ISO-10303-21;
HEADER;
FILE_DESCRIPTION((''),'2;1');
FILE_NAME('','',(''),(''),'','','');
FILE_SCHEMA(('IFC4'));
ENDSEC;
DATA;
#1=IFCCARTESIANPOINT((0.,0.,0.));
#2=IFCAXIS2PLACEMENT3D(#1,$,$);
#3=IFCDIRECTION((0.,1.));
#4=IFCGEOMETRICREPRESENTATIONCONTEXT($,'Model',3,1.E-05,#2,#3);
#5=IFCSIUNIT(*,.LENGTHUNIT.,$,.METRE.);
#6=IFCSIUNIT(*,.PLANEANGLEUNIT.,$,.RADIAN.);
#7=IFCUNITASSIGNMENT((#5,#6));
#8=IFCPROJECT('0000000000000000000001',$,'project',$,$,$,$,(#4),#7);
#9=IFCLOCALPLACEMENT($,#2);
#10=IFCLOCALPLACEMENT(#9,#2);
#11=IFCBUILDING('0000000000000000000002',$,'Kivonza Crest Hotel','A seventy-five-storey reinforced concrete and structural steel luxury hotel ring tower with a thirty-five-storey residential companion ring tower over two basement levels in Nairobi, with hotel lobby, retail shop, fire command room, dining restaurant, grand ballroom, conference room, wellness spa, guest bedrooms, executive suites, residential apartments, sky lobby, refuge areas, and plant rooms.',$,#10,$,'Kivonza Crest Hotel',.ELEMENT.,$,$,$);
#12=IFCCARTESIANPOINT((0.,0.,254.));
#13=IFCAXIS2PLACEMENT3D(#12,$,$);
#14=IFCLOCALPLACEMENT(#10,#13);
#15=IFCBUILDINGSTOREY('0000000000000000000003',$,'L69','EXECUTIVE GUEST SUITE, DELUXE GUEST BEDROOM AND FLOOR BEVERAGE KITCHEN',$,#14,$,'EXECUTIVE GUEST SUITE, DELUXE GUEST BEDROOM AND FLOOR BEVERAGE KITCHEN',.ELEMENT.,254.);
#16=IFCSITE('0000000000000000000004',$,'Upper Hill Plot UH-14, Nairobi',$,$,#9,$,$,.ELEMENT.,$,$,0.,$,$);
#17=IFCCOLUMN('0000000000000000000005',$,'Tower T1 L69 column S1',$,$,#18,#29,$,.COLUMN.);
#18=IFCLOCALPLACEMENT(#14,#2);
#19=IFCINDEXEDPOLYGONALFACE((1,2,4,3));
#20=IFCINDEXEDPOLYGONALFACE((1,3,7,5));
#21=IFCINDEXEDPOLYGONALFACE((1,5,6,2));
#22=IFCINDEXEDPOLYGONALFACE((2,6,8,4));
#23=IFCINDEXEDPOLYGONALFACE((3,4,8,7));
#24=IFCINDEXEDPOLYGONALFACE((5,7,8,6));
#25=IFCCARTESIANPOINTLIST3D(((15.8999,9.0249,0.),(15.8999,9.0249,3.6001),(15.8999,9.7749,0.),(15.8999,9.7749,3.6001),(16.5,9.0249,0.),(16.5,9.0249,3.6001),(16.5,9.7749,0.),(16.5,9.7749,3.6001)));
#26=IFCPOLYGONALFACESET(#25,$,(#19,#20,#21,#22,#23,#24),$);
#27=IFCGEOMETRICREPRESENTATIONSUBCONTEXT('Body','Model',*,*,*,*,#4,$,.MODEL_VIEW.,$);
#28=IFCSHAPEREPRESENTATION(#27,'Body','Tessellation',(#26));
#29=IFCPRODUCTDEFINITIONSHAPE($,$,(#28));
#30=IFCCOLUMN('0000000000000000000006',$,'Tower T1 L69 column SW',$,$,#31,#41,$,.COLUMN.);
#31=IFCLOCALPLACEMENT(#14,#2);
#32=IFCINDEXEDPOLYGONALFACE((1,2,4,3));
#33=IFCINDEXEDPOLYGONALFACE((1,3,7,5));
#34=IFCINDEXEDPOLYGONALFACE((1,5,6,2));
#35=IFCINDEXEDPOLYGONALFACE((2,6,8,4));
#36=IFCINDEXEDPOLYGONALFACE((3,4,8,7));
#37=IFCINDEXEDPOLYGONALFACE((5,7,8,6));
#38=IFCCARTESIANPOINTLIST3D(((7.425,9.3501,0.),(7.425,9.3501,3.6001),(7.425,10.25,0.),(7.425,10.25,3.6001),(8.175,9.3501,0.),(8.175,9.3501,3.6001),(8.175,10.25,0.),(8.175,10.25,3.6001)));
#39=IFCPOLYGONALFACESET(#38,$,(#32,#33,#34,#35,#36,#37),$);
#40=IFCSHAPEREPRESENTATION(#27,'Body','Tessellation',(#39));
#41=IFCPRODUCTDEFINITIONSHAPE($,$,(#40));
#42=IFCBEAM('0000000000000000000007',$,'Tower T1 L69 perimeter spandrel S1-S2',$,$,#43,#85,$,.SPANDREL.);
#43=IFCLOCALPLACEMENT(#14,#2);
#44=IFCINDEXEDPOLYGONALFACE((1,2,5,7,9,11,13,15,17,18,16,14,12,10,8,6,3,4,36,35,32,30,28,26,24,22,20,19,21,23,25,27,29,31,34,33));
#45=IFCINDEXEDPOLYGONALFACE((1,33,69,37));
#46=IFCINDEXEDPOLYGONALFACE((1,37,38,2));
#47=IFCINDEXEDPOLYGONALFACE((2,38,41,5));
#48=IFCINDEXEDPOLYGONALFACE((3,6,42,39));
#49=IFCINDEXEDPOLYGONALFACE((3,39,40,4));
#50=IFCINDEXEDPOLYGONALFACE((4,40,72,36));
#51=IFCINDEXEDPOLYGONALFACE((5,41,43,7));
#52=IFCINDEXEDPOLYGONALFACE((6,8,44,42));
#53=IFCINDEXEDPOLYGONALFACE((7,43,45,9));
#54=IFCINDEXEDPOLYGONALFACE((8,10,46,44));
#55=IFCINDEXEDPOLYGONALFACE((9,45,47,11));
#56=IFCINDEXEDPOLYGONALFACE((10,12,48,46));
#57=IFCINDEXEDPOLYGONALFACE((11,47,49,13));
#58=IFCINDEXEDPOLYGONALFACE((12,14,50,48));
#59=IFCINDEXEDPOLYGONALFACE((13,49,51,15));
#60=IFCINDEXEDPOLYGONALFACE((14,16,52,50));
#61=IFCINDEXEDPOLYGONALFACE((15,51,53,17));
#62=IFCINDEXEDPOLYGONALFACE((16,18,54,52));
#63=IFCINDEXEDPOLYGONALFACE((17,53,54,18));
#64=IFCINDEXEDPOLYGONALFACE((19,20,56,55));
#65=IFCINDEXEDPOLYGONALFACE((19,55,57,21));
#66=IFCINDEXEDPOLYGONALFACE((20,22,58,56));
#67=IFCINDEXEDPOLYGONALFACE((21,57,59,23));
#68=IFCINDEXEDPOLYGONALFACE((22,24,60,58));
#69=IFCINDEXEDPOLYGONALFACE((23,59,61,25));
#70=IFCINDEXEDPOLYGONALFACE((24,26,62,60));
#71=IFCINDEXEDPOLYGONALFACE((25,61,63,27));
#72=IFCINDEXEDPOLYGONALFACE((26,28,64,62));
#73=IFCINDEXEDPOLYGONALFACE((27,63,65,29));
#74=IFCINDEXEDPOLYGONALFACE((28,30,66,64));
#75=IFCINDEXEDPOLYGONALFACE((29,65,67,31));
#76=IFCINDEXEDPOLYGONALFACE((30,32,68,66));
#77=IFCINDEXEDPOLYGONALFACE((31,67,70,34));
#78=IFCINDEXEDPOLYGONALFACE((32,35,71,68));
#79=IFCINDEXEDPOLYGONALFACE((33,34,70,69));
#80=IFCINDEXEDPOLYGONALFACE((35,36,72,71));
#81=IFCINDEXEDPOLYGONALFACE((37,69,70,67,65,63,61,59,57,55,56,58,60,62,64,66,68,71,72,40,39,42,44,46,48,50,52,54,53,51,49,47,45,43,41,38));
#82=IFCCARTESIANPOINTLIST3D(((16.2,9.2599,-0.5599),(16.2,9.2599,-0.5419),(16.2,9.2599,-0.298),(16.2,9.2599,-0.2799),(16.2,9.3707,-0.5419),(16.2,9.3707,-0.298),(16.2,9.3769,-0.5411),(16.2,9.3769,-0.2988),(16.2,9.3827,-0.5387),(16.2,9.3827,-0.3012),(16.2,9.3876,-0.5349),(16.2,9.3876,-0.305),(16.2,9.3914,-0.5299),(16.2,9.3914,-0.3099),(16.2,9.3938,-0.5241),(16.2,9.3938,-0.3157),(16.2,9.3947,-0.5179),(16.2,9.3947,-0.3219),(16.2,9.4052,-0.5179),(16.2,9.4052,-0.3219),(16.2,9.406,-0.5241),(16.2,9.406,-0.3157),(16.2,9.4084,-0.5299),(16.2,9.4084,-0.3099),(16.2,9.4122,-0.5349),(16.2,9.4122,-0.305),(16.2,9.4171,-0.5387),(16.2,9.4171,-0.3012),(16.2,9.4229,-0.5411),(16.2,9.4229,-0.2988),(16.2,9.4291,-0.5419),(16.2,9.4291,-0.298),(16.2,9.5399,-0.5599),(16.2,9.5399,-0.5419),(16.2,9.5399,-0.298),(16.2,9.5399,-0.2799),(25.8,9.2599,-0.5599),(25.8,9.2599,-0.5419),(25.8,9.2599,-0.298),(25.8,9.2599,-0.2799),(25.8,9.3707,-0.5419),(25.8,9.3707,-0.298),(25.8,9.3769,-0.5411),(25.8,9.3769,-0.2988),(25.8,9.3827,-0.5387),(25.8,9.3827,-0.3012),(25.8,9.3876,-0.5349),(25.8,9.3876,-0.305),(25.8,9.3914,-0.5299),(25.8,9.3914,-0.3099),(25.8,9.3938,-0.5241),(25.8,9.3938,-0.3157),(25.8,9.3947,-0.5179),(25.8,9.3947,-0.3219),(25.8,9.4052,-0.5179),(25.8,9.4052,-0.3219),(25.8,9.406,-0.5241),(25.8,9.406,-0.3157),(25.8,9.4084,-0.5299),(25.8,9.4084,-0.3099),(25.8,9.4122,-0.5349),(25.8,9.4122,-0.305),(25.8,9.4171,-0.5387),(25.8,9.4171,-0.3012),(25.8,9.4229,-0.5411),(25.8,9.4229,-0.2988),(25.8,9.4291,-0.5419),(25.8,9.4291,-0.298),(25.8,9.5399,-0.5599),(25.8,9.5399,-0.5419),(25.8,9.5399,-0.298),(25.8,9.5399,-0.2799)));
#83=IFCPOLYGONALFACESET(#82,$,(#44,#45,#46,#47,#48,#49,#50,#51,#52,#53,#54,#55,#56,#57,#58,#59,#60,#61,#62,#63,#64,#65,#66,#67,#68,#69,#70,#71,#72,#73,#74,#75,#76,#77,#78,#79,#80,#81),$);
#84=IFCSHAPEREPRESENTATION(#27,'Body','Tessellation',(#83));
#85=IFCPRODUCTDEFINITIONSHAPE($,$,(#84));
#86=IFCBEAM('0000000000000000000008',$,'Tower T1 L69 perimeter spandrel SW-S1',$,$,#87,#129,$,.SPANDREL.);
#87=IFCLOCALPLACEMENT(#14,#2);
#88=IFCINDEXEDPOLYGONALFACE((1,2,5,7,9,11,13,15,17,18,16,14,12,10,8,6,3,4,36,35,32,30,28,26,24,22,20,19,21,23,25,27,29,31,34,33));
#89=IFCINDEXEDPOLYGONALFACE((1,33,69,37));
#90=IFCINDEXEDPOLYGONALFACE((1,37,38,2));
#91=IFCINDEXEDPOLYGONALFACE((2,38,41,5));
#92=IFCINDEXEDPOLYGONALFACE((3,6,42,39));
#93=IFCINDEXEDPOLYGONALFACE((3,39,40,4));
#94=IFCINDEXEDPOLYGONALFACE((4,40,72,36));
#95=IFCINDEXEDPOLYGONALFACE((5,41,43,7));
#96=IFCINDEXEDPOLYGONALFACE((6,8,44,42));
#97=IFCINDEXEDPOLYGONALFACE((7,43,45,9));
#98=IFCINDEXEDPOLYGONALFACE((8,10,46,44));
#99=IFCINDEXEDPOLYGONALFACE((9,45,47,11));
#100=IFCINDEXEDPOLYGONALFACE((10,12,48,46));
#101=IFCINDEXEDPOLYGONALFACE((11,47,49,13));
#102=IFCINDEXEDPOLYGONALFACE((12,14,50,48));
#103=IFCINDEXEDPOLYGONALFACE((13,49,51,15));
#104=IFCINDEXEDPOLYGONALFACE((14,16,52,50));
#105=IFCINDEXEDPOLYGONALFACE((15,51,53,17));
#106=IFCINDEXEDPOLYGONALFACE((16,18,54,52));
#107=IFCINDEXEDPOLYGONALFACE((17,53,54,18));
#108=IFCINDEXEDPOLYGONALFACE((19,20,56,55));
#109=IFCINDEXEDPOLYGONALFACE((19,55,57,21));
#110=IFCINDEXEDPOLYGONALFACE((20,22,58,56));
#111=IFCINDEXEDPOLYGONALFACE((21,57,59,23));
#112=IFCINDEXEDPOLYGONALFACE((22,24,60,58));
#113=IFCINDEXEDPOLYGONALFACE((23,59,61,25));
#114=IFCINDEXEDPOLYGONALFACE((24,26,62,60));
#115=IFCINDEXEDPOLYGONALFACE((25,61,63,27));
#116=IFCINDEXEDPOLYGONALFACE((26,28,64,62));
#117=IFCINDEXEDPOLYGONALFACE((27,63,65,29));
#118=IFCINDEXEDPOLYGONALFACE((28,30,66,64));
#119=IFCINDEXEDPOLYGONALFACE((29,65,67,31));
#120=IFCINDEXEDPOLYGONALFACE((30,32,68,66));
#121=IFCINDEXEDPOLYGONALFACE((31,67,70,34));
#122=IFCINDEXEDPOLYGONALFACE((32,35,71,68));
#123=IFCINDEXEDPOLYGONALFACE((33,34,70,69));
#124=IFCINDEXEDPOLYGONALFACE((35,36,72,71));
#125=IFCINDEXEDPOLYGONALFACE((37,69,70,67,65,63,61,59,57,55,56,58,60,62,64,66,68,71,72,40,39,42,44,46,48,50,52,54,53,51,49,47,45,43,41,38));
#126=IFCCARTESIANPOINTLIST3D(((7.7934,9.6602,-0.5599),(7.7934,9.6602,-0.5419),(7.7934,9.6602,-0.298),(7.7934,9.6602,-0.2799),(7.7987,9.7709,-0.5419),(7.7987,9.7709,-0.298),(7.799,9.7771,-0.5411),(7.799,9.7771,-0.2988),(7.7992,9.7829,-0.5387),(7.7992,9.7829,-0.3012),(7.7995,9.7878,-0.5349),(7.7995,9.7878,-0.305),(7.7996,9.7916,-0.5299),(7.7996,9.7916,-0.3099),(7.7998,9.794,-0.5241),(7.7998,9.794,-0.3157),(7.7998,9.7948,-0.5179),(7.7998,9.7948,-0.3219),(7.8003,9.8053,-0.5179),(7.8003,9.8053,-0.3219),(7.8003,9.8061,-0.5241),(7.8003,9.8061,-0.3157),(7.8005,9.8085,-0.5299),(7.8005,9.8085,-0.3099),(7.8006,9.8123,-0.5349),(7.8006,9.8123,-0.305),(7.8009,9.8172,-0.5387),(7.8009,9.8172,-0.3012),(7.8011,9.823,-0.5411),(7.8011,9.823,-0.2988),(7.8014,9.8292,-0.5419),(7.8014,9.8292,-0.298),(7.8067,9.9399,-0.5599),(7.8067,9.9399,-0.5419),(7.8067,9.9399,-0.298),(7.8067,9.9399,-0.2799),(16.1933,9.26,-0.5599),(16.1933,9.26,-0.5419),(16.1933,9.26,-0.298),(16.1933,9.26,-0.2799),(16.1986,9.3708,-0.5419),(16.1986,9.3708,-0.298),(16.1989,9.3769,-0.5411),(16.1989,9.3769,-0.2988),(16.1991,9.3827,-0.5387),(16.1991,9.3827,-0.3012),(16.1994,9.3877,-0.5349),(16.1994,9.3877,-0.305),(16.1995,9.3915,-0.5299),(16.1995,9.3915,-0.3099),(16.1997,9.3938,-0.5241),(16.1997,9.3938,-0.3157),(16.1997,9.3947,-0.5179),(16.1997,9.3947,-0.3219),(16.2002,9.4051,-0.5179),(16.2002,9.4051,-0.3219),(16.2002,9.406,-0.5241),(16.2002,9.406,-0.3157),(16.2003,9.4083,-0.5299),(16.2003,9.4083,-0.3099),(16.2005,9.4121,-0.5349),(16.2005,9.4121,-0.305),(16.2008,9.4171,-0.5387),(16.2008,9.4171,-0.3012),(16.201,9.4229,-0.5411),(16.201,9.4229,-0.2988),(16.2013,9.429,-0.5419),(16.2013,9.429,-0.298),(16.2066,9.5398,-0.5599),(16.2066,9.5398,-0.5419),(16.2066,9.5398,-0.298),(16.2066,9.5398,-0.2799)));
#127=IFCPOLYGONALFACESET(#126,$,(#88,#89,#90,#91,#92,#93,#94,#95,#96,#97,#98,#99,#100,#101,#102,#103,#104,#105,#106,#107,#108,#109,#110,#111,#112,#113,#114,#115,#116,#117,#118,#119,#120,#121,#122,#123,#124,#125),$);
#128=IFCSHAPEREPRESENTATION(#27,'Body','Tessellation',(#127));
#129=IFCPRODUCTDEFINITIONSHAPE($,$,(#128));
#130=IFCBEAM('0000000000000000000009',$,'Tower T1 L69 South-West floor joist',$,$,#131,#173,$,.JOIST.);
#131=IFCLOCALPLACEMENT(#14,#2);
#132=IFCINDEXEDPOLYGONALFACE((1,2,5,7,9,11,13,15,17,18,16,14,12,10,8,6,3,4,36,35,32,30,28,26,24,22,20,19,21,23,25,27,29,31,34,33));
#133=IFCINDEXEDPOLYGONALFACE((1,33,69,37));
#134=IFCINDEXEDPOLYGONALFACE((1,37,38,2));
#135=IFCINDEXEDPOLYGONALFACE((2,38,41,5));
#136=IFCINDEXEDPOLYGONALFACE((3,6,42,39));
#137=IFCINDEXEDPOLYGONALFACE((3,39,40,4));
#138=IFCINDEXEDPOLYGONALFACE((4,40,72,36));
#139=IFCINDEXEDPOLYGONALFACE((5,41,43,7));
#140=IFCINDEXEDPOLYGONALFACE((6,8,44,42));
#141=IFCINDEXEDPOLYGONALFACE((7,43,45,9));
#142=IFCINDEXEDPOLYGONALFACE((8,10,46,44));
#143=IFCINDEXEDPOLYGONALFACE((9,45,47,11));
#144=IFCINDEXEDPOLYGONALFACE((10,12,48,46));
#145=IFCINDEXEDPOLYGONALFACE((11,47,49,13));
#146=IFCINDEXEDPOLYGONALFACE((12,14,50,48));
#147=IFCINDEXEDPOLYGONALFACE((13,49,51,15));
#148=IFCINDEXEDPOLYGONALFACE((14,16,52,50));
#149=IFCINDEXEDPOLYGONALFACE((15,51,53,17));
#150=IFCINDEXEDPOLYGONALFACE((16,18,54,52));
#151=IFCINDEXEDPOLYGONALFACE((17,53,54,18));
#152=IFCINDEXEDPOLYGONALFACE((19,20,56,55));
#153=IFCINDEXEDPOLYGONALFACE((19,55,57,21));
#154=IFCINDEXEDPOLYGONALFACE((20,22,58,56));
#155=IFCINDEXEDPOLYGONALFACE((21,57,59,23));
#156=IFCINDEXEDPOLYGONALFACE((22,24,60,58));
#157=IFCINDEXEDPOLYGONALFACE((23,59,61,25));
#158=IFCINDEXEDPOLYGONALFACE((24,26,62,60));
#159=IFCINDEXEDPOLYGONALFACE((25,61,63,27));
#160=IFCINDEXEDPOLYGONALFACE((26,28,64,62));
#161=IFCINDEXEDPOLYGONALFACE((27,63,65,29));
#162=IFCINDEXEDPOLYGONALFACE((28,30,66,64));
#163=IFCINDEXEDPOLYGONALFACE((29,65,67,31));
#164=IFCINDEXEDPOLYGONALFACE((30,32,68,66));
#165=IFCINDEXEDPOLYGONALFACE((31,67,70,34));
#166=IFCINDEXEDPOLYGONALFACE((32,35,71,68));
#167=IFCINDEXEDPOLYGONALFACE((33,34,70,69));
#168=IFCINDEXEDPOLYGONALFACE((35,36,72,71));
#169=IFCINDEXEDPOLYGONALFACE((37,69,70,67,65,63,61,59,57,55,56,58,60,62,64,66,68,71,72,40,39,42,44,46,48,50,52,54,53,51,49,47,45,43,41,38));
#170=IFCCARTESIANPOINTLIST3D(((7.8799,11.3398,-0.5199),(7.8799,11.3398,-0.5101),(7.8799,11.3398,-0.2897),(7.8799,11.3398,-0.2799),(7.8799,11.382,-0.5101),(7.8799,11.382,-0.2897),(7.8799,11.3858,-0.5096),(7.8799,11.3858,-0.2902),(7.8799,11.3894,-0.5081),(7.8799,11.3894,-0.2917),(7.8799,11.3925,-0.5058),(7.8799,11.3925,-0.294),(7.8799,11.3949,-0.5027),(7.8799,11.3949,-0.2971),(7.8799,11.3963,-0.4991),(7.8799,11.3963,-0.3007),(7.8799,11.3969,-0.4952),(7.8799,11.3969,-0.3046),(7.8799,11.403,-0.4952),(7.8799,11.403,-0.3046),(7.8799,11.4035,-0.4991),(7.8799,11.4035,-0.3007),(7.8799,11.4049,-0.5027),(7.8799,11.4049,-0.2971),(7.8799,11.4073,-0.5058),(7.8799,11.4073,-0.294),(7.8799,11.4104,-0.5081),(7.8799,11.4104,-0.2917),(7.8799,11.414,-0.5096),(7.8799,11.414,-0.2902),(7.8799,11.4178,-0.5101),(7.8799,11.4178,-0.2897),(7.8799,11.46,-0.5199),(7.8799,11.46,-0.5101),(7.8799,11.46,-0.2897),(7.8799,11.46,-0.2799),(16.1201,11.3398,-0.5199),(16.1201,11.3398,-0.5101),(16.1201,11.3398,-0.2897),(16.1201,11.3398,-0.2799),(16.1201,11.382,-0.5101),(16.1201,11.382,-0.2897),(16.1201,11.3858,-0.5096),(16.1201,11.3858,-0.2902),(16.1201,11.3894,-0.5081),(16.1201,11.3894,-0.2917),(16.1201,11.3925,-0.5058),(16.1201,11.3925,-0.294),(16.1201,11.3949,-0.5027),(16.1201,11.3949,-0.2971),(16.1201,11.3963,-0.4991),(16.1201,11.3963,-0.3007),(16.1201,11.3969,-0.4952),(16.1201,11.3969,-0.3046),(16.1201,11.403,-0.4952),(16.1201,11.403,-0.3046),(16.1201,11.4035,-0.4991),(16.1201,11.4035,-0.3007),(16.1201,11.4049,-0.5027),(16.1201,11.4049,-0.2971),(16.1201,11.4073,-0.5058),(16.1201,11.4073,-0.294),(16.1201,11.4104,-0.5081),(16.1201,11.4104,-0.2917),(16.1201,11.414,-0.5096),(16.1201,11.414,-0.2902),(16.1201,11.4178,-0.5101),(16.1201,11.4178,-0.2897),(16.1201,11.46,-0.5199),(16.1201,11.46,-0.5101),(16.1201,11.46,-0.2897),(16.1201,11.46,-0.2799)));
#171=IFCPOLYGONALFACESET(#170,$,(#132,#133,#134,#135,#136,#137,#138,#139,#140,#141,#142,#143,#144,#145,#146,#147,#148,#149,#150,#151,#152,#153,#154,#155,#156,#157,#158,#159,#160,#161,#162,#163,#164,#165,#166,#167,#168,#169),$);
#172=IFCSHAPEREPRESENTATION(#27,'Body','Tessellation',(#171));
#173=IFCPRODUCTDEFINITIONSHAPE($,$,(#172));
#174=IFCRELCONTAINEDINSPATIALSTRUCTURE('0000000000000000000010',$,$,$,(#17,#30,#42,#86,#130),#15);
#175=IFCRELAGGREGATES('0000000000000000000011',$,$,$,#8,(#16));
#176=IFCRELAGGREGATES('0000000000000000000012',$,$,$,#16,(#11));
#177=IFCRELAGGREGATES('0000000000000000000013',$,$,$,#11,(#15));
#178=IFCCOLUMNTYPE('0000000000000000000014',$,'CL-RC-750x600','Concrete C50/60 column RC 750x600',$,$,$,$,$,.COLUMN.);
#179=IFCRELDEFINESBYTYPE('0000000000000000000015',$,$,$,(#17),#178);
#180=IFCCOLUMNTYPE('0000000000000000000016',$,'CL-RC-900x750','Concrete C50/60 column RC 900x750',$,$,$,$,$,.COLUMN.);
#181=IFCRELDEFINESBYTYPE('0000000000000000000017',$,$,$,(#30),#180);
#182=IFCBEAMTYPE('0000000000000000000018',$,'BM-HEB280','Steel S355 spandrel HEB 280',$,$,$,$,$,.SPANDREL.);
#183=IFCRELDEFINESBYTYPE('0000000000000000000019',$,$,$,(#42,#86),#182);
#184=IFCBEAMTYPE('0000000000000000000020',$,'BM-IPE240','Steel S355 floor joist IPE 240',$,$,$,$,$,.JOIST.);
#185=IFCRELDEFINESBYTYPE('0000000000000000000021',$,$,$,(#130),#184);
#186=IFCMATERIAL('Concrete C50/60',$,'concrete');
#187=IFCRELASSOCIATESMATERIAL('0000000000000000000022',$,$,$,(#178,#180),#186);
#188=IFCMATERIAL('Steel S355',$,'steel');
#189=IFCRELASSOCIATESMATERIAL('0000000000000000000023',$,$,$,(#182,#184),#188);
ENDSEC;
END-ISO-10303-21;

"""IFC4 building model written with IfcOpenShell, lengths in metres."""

from ifc_helpers import new_model, si_unit, direction, frame, origin, origin_2d, place, context, subcontext, project, spatial, rectangle, i_section, extrude, material, material_profile, profile_set, type_object, element, save


model = new_model("IFC4")

# Units and contexts
model_context = context("Model", 3, precision=1e-05, world=origin(), true_north=direction((0.0, 1.0)))
body_context = subcontext(model_context, "Body", "Model", "MODEL_VIEW")
ifc_project = project(units=[si_unit("LENGTHUNIT", "METRE"), si_unit("PLANEANGLEUNIT", "RADIAN")], contexts=[model_context])

# Site, building, storey
site_placement = place(None, origin())
site = spatial("IfcSite", under=ifc_project, at=site_placement, Name="Upper Hill Plot UH-14, Nairobi", CompositionType="ELEMENT", RefElevation=0.0)
building_placement = place(site_placement, origin())
building = spatial("IfcBuilding", under=site, at=building_placement, Name="Kivonza Crest Hotel", Description="A seventy-five-storey reinforced concrete and structural steel luxury hotel ring tower with a thirty-five-storey residential companion ring tower over two basement levels in Nairobi, with hotel lobby, retail shop, fire command room, dining restaurant, grand ballroom, conference room, wellness spa, guest bedrooms, executive suites, residential apartments, sky lobby, refuge areas, and plant rooms.", LongName="Kivonza Crest Hotel", CompositionType="ELEMENT")
storey_placement = place(building_placement, frame((0.0, 0.0, 254.0)))
storey = spatial("IfcBuildingStorey", under=building, at=storey_placement, Name="L69", Description="EXECUTIVE GUEST SUITE, DELUXE GUEST BEDROOM AND FLOOR BEVERAGE KITCHEN", LongName="EXECUTIVE GUEST SUITE, DELUXE GUEST BEDROOM AND FLOOR BEVERAGE KITCHEN", CompositionType="ELEMENT", Elevation=254.0)

# Columns
ifc_material_1 = material(Name="Concrete C50/60", Category="concrete")
ifc_material_profile_1 = material_profile(ifc_material_1, rectangle(XDim=0.6001, YDim=0.75, at=origin_2d()), Name="RC 750x600")
ifc_profile_set_1 = profile_set([ifc_material_profile_1], Name="Concrete C50/60")
column_type_1 = type_object("IfcColumnType", Name="CL-RC-750x600", Description="Concrete C50/60 column RC 750x600", PredefinedType="COLUMN", material=ifc_profile_set_1)
column_1_placement = place(storey_placement, frame((16.2, 9.3999, 0.0), z_axis=(0.0, 0.0, 1.0), x_axis=(1.0, 0.0, 0.0)))
element("IfcColumn", 1, at=column_1_placement, inside=storey, type_object=column_type_1, Name="Tower T1 L69 column S1", PredefinedType="COLUMN", context=body_context, shape_type="SweptSolid", body=[
    extrude(rectangle(XDim=0.6001, YDim=0.75, at=origin_2d()), origin(), (0.0, 0.0, 1.0), 3.6001),
])
ifc_material_profile_2 = material_profile(ifc_material_1, rectangle(XDim=0.75, YDim=0.8999, at=origin_2d()), Name="RC 900x750")
ifc_profile_set_2 = profile_set([ifc_material_profile_2], Name="Concrete C50/60")
column_type_2 = type_object("IfcColumnType", Name="CL-RC-900x750", Description="Concrete C50/60 column RC 900x750", PredefinedType="COLUMN", material=ifc_profile_set_2)
column_2_placement = place(storey_placement, frame((7.8, 9.8, 0.0), z_axis=(0.0, 0.0, 1.0), x_axis=(1.0, 0.0, 0.0)))
element("IfcColumn", 2, at=column_2_placement, inside=storey, type_object=column_type_2, Name="Tower T1 L69 column SW", PredefinedType="COLUMN", context=body_context, shape_type="SweptSolid", body=[
    extrude(rectangle(XDim=0.75, YDim=0.8999, at=origin_2d()), origin(), (0.0, 0.0, 1.0), 3.6001),
])

# Beams
ifc_material_2 = material(Name="Steel S355", Category="steel")
ifc_material_profile_3 = material_profile(ifc_material_2, i_section(OverallWidth=0.28, OverallDepth=0.28, WebThickness=0.0105, FlangeThickness=0.0181, FilletRadius=0.0239, at=origin_2d()), Name="HEB 280")
ifc_profile_set_3 = profile_set([ifc_material_profile_3], Name="Steel S355")
beam_type_1 = type_object("IfcBeamType", Name="BM-HEB280", Description="Steel S355 spandrel HEB 280", PredefinedType="SPANDREL", material=ifc_profile_set_3)
beam_1_placement = place(storey_placement, frame((16.2, 9.3999, -0.4199), z_axis=(1.0, 0.0, 0.0), x_axis=(0.0, 1.0, 0.0)))
element("IfcBeam", 3, at=beam_1_placement, inside=storey, type_object=beam_type_1, Name="Tower T1 L69 perimeter spandrel S1-S2", PredefinedType="SPANDREL", context=body_context, shape_type="SweptSolid", body=[
    extrude(i_section(OverallWidth=0.28, OverallDepth=0.28, WebThickness=0.0105, FlangeThickness=0.0181, FilletRadius=0.0239, at=origin_2d()), origin(), (0.0, 0.0, 1.0), 9.6001),
])
beam_2_placement = place(storey_placement, frame((7.8, 9.8, -0.4199), z_axis=(0.998867, -0.047583, 0.0), x_axis=(0.047583, 0.998867, 0.0)))
element("IfcBeam", 4, at=beam_2_placement, inside=storey, type_object=beam_type_1, Name="Tower T1 L69 perimeter spandrel SW-S1", PredefinedType="SPANDREL", context=body_context, shape_type="SweptSolid", body=[
    extrude(i_section(OverallWidth=0.28, OverallDepth=0.28, WebThickness=0.0105, FlangeThickness=0.0181, FilletRadius=0.0239, at=origin_2d()), origin(), (0.0, 0.0, 1.0), 8.4094),
])
ifc_material_profile_4 = material_profile(ifc_material_2, i_section(OverallWidth=0.1201, OverallDepth=0.24, WebThickness=0.0061, FlangeThickness=0.0098, FilletRadius=0.0149, at=origin_2d()), Name="IPE 240")
ifc_profile_set_4 = profile_set([ifc_material_profile_4], Name="Steel S355")
beam_type_2 = type_object("IfcBeamType", Name="BM-IPE240", Description="Steel S355 floor joist IPE 240", PredefinedType="JOIST", material=ifc_profile_set_4)
beam_3_placement = place(storey_placement, frame((7.8799, 11.3999, -0.3999), z_axis=(1.0, 0.0, 0.0), x_axis=(0.0, 1.0, 0.0)))
element("IfcBeam", 5, at=beam_3_placement, inside=storey, type_object=beam_type_2, Name="Tower T1 L69 South-West floor joist", PredefinedType="JOIST", context=body_context, shape_type="SweptSolid", body=[
    extrude(i_section(OverallWidth=0.1201, OverallDepth=0.24, WebThickness=0.0061, FlangeThickness=0.0098, FilletRadius=0.0149, at=origin_2d()), origin(), (0.0, 0.0, 1.0), 8.2402),
])

save(model, "model.ifc")
